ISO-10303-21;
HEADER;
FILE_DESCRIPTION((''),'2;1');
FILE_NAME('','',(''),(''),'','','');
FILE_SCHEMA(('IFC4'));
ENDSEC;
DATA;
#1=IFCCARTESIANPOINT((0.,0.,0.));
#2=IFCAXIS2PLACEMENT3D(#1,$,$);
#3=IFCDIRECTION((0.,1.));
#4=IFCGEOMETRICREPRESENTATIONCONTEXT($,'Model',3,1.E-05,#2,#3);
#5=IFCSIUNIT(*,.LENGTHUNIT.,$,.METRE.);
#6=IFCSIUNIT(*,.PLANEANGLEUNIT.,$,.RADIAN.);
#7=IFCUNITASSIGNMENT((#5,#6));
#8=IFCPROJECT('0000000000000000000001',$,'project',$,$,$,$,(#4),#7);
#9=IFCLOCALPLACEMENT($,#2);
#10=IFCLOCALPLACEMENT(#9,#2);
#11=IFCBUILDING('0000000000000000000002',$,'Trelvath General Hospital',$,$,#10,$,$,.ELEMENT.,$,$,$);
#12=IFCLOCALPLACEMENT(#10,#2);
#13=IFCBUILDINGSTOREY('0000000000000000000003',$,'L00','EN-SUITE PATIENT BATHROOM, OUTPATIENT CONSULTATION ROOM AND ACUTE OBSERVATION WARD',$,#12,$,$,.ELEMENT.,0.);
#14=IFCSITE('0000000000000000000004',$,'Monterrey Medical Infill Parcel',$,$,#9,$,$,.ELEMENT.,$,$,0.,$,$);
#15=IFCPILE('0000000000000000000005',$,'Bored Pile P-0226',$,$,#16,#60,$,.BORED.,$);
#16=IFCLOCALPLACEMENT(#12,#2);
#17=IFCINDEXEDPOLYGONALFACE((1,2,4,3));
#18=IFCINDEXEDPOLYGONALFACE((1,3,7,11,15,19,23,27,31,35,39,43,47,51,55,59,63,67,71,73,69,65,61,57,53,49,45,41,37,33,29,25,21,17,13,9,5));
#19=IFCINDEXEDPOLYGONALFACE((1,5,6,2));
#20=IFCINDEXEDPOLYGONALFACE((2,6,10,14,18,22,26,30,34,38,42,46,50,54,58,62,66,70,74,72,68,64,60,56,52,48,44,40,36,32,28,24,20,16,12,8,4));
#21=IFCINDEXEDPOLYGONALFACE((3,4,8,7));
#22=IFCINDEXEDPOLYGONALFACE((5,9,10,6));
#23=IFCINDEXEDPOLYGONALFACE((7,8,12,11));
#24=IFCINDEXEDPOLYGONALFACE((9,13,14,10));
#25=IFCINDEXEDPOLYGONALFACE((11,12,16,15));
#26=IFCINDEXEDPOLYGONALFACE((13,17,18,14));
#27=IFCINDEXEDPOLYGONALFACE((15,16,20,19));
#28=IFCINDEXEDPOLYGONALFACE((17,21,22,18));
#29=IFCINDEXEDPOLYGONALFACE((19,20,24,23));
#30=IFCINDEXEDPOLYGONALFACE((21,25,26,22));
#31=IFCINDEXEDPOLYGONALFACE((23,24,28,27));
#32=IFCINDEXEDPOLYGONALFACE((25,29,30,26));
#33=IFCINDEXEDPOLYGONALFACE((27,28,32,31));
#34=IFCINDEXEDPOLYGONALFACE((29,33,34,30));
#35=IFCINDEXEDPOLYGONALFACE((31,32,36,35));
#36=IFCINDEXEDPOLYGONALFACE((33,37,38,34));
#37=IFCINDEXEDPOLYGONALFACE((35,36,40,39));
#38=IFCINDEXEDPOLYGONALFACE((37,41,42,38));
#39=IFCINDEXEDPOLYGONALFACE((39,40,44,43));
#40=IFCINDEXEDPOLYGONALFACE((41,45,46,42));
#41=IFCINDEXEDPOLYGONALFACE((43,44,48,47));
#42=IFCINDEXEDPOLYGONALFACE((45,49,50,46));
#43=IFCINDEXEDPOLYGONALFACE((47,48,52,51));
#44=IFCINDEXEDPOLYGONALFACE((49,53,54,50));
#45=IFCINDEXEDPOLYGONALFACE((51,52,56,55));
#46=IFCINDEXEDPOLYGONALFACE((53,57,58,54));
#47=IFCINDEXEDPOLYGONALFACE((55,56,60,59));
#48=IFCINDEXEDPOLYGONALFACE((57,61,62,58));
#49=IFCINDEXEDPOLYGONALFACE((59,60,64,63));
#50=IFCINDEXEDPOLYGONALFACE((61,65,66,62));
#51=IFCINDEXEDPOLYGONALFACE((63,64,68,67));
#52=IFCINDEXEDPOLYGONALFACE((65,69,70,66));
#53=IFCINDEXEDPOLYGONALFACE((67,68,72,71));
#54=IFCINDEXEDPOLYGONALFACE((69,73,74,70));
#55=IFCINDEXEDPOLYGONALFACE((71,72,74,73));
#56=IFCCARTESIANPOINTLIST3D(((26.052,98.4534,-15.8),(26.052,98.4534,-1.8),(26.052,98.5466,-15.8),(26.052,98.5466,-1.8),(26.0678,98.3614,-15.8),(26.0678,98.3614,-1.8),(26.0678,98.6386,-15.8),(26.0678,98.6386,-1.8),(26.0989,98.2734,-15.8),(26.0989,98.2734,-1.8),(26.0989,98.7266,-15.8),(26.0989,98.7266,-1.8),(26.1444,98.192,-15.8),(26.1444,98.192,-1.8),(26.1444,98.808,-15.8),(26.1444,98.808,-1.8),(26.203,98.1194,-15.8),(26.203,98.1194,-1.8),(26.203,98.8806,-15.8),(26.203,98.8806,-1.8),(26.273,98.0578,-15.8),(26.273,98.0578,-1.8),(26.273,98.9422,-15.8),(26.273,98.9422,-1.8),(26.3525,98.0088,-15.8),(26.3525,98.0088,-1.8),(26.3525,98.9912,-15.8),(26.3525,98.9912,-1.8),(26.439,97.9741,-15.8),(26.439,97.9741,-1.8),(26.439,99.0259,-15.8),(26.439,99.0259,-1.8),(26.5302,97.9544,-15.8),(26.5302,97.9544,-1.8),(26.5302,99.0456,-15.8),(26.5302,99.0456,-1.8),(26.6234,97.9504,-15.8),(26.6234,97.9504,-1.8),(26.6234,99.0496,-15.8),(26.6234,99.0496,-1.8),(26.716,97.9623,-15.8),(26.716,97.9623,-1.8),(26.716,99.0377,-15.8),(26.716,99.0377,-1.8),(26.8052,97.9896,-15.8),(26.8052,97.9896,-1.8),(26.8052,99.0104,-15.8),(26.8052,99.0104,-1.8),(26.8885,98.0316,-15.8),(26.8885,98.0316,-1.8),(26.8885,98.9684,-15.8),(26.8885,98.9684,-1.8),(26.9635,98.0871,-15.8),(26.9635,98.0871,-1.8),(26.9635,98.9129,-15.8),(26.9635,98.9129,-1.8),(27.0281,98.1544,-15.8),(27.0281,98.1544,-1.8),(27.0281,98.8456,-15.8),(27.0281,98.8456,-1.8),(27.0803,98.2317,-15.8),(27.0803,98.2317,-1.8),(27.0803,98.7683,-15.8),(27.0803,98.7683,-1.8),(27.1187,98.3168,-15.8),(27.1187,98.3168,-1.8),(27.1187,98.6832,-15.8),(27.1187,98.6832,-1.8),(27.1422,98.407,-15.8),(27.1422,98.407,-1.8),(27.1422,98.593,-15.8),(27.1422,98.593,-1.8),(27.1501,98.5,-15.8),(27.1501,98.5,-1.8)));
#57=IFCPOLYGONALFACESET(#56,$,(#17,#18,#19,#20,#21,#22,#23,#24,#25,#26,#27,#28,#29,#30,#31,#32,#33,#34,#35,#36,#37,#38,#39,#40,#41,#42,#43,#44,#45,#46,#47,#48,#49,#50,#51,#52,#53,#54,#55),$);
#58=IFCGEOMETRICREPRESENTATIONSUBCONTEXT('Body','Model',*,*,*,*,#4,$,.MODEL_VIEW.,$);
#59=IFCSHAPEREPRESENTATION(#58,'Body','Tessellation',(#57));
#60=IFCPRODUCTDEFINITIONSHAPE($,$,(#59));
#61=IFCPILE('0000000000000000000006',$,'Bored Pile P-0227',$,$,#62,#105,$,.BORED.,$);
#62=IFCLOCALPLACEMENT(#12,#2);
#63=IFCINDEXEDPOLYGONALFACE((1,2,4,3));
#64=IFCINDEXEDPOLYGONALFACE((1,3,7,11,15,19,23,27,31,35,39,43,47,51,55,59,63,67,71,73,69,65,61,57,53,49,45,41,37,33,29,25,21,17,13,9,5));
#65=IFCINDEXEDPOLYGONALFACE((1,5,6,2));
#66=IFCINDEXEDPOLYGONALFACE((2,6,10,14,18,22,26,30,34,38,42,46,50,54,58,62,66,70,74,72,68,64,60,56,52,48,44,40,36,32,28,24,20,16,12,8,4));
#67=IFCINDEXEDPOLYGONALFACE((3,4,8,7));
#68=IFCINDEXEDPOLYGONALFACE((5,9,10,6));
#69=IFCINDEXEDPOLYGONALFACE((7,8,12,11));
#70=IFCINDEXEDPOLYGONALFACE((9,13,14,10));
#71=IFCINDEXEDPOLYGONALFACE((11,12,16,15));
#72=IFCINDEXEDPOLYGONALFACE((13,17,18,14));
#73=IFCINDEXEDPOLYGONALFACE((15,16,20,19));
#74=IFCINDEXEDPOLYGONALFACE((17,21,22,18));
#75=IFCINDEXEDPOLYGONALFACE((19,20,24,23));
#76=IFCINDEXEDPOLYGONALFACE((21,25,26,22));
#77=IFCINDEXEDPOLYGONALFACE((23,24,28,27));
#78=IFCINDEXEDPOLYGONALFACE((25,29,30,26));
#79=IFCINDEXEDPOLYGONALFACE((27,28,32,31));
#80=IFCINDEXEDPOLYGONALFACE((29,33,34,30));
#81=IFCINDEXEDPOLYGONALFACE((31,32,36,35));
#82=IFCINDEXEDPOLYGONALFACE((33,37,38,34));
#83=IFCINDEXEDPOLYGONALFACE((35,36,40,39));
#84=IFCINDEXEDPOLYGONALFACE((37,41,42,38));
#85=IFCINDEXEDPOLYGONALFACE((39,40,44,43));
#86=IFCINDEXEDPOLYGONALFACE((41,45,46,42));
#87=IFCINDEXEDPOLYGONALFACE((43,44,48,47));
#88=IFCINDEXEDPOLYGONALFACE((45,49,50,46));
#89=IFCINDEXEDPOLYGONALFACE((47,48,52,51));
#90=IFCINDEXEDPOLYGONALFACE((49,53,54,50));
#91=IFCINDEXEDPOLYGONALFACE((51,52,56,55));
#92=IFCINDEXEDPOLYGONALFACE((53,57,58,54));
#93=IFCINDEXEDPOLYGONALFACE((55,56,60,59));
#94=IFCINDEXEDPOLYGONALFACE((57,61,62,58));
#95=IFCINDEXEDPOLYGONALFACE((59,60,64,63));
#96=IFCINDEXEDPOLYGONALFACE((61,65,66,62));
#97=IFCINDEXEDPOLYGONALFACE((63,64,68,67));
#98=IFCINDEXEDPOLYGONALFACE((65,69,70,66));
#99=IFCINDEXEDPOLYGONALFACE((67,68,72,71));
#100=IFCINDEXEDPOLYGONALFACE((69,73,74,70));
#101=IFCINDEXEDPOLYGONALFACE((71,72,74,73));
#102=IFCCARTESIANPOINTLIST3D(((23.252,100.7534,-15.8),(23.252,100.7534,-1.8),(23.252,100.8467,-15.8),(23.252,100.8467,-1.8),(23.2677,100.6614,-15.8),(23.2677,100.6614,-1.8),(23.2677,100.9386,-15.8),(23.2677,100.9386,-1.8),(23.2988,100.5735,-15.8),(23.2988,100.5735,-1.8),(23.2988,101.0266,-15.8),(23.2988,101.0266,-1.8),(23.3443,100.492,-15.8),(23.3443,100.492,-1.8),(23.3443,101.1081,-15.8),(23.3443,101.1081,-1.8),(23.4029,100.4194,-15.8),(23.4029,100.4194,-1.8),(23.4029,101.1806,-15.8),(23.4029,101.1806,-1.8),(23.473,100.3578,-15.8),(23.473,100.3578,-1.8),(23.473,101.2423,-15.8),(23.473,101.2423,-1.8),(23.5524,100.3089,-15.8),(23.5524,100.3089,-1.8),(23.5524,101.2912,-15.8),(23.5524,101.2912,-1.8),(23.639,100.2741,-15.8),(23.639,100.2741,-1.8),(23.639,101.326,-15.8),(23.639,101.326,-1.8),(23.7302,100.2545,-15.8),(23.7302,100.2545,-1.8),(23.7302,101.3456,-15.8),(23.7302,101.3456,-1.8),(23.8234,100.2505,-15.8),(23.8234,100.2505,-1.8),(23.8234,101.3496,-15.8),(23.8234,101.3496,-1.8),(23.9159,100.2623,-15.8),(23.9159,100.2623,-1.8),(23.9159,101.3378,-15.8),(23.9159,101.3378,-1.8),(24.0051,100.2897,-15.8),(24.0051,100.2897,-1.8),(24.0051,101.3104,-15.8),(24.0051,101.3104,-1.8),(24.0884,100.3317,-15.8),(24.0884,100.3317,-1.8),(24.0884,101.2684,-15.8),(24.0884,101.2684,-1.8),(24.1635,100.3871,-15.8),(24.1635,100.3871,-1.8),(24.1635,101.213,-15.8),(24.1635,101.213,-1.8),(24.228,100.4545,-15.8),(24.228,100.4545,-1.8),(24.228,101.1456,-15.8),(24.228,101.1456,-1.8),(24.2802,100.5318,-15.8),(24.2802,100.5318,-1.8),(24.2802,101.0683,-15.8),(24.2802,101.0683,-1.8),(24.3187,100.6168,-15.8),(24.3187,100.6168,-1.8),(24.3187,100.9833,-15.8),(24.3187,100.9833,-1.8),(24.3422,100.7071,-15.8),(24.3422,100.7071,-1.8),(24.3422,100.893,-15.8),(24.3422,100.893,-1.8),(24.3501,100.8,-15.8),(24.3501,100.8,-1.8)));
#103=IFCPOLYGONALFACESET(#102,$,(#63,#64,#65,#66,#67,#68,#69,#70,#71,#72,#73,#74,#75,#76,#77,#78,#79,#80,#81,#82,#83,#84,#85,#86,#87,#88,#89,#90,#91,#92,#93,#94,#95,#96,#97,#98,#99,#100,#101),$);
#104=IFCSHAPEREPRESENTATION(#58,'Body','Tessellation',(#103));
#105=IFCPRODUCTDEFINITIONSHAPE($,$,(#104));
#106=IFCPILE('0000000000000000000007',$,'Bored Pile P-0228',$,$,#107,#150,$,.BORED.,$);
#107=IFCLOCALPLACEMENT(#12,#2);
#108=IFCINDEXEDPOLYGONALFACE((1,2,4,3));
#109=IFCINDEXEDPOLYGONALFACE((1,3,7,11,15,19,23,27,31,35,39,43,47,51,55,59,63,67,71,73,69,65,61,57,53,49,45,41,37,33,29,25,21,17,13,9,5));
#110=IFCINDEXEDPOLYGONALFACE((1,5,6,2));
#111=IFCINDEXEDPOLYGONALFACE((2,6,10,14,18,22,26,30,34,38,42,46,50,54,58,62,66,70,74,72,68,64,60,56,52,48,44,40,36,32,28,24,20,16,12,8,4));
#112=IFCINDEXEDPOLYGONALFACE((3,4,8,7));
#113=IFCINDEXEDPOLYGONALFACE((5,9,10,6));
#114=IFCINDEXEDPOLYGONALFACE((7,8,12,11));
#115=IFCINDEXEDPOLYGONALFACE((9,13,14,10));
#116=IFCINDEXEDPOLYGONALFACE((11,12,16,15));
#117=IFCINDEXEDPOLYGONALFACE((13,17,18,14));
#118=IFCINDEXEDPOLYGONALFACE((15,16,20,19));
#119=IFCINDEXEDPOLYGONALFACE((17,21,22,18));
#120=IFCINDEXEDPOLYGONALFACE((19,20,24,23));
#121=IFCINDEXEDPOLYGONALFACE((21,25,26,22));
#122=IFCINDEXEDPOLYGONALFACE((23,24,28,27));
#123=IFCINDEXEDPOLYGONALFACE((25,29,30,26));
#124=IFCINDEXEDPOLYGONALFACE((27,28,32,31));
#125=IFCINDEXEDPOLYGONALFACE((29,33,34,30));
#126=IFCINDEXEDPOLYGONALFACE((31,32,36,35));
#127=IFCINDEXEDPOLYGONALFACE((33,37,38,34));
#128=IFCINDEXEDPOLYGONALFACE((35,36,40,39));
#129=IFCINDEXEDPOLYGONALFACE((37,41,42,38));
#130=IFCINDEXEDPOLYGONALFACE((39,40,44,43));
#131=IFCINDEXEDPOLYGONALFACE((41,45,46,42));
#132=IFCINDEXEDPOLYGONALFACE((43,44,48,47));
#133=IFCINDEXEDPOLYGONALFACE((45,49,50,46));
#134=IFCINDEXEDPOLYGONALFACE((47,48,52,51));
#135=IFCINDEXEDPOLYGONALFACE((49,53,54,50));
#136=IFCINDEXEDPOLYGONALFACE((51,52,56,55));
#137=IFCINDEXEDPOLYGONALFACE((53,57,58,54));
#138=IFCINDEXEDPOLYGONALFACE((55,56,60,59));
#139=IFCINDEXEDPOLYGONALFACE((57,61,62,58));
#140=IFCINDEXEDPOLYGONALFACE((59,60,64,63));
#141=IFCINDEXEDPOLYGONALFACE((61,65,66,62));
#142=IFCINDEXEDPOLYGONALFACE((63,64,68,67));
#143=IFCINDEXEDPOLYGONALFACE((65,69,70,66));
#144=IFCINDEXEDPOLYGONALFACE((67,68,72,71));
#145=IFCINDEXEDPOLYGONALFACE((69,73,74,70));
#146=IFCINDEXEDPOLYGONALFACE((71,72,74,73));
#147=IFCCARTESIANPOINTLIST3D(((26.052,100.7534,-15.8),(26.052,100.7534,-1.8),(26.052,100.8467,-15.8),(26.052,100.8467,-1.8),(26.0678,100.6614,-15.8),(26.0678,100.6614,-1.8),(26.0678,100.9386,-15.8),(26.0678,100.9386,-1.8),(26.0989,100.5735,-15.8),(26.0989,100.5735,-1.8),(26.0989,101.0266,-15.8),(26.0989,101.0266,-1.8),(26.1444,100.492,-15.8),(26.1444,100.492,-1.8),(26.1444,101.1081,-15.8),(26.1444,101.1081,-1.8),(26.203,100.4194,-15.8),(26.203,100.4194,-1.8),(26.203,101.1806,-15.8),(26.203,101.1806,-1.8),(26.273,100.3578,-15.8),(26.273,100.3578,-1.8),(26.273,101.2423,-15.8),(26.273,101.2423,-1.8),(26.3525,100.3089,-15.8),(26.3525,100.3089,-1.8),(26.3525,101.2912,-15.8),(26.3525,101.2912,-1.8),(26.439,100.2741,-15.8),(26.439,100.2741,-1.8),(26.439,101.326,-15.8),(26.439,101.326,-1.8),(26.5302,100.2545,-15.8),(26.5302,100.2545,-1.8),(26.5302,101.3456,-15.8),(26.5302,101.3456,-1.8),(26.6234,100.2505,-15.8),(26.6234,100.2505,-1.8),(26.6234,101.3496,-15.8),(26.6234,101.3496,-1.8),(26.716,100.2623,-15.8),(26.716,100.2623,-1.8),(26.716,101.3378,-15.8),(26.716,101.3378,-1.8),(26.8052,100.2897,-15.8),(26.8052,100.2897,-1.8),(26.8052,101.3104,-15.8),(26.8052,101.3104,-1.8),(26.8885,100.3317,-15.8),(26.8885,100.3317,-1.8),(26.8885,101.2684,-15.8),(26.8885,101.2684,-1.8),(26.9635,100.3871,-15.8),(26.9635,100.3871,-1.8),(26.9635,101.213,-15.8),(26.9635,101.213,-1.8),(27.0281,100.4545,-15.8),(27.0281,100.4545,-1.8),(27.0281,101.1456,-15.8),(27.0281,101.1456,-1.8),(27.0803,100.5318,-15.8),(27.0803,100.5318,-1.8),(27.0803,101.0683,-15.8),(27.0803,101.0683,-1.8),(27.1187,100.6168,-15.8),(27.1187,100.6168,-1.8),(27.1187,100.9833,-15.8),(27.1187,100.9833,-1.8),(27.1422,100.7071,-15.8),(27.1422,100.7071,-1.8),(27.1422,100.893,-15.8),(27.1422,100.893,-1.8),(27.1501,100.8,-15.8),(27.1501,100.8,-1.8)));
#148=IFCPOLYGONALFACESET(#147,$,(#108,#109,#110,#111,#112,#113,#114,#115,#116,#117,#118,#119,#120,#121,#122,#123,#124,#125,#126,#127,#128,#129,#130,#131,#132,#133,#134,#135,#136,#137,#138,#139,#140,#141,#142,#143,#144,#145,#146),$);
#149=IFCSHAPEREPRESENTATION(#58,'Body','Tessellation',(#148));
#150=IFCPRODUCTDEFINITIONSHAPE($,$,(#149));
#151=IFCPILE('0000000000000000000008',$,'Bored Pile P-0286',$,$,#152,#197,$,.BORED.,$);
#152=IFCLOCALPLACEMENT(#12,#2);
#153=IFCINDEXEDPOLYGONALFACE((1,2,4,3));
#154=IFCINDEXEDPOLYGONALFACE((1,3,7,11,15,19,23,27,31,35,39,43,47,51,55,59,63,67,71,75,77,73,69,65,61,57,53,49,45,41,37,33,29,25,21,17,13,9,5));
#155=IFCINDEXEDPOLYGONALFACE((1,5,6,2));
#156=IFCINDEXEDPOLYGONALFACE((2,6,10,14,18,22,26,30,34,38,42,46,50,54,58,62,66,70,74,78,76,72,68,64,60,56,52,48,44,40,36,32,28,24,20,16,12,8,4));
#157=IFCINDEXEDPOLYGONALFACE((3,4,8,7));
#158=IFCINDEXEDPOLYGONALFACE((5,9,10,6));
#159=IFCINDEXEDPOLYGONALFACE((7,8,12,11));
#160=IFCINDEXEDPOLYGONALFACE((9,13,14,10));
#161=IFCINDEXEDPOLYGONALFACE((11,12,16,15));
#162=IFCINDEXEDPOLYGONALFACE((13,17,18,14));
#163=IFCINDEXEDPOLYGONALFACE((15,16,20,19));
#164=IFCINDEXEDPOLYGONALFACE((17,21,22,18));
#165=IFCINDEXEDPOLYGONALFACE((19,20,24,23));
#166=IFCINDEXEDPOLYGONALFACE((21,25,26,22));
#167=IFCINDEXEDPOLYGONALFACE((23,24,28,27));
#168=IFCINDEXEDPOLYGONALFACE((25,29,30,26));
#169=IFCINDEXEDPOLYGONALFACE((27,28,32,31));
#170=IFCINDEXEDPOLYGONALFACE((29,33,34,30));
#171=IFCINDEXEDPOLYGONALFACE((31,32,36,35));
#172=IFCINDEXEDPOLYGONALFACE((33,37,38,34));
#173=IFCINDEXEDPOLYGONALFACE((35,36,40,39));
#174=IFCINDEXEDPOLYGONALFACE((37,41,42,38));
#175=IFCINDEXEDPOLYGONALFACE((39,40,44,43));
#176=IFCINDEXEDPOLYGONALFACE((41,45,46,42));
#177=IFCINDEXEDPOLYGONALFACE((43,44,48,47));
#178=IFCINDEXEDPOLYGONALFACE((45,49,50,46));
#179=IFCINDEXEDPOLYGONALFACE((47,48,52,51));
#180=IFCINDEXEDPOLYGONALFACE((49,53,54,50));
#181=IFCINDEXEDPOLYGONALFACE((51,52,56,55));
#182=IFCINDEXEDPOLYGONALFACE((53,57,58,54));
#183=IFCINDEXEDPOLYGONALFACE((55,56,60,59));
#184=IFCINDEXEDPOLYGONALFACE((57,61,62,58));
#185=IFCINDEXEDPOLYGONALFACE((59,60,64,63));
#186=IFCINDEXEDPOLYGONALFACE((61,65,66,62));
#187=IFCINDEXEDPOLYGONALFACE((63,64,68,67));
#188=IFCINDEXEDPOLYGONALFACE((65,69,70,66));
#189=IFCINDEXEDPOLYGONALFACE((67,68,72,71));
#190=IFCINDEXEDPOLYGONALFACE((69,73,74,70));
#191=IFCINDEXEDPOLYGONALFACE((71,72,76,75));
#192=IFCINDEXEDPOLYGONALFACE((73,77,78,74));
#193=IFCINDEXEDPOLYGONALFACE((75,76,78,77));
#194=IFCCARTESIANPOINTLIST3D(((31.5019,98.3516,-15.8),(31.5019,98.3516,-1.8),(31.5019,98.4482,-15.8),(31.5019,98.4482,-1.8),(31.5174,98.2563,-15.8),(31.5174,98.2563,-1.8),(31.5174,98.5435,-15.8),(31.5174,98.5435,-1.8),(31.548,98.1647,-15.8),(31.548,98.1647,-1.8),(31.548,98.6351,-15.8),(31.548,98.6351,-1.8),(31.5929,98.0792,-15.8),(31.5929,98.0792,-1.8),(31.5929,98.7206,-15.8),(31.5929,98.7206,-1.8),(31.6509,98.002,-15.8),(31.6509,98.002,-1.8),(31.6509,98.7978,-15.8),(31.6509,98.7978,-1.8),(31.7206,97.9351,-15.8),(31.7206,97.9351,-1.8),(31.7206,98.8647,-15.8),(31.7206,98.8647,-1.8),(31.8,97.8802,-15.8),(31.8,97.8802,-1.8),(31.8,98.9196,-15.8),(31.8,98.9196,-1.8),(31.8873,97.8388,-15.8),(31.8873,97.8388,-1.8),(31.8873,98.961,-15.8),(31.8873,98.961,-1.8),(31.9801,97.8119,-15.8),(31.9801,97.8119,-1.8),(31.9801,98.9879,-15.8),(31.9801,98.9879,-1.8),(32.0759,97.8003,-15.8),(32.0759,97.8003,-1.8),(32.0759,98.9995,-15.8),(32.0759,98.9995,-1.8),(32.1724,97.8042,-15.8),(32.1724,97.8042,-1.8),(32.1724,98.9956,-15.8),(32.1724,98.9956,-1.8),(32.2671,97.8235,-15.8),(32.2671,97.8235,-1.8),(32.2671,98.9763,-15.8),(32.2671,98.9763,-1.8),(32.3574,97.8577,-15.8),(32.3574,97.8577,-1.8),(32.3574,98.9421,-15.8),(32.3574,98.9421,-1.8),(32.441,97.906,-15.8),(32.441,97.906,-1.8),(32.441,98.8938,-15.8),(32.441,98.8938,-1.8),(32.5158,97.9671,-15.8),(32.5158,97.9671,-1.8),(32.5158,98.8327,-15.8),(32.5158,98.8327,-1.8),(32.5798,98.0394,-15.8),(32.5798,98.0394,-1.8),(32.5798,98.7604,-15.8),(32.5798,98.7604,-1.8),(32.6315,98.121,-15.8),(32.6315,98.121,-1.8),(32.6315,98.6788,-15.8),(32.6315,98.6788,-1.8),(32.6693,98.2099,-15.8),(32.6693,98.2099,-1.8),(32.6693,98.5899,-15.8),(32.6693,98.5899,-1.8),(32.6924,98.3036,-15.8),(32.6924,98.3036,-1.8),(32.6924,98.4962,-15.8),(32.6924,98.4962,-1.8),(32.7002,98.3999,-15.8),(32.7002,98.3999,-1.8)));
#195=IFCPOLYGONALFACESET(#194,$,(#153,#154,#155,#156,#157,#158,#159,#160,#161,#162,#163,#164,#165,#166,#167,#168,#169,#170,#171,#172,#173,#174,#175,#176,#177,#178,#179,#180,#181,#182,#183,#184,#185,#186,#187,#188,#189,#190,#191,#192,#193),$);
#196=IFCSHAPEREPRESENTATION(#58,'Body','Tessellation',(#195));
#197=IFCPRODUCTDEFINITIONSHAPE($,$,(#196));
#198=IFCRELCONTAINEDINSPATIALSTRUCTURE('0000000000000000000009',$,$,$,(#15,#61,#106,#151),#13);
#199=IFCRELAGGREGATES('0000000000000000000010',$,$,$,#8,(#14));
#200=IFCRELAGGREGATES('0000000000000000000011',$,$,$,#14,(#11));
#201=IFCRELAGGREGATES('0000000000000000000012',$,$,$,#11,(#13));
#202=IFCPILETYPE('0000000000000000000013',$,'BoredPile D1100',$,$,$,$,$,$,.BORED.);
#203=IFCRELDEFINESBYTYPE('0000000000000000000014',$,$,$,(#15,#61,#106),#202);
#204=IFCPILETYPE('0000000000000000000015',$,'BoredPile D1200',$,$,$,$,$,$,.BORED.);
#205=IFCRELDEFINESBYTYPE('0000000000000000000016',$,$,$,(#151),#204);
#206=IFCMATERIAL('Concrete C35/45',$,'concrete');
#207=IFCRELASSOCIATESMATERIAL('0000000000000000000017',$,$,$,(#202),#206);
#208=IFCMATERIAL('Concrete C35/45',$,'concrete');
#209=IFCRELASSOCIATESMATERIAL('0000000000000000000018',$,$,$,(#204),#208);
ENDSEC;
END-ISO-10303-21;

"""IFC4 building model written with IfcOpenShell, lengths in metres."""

from ifc_helpers import new_model, si_unit, direction, frame, origin, origin_2d, place, context, subcontext, project, spatial, circle, extrude, material, material_profile, profile_set, type_object, element, save


model = new_model("IFC4")

# Units and contexts
model_context = context("Model", 3, precision=1e-05, world=origin(), true_north=direction((0.0, 1.0)))
body_context = subcontext(model_context, "Body", "Model", "MODEL_VIEW")
ifc_project = project(units=[si_unit("LENGTHUNIT", "METRE"), si_unit("PLANEANGLEUNIT", "RADIAN")], contexts=[model_context])

# Site, building, storey
site_placement = place(None, origin())
site = spatial("IfcSite", under=ifc_project, at=site_placement, Name="Monterrey Medical Infill Parcel", CompositionType="ELEMENT", RefElevation=0.0)
building_placement = place(site_placement, origin())
building = spatial("IfcBuilding", under=site, at=building_placement, Name="Trelvath General Hospital", CompositionType="ELEMENT")
storey_placement = place(building_placement, origin())
storey = spatial("IfcBuildingStorey", under=building, at=storey_placement, Name="L00", Description="EN-SUITE PATIENT BATHROOM, OUTPATIENT CONSULTATION ROOM AND ACUTE OBSERVATION WARD", CompositionType="ELEMENT", Elevation=0.0)

# Piles
ifc_material_1 = material(Name="Concrete C35/45", Category="concrete")
ifc_material_profile_1 = material_profile(ifc_material_1, circle(Radius=0.55, at=origin_2d()), Name="PILE1100")
ifc_profile_set_1 = profile_set([ifc_material_profile_1], Name="Concrete C35/45")
pile_type_1 = type_object("IfcPileType", Name="BoredPile D1100", PredefinedType="BORED", material=ifc_profile_set_1)
for number, where, z_axis, x_axis, name in (
    (1, (26.6001, 98.5, -1.8), (0.0, 0.0, -1.0), (1.0, 0.0, 0.0), "Bored Pile P-0226"),
    (2, (23.8, 100.8, -1.8), (0.0, 0.0, -1.0), (1.0, 0.0, 0.0), "Bored Pile P-0227"),
    (3, (26.6001, 100.8, -1.8), (0.0, 0.0, -1.0), (1.0, 0.0, 0.0), "Bored Pile P-0228"),
):
    element("IfcPile", number, at=place(storey_placement, frame(where, z_axis=z_axis, x_axis=x_axis)), inside=storey, type_object=pile_type_1, Name=name, PredefinedType="BORED", context=body_context, shape_type="SweptSolid", body=[
        extrude(circle(Radius=0.55, at=origin_2d()), origin(), (0.0, 0.0, 1.0), 14.0),
    ])
ifc_material_2 = material(Name="Concrete C35/45", Category="concrete")
ifc_material_profile_2 = material_profile(ifc_material_2, circle(Radius=0.6001, at=origin_2d()), Name="PILE1200")
ifc_profile_set_2 = profile_set([ifc_material_profile_2], Name="Concrete C35/45")
pile_type_2 = type_object("IfcPileType", Name="BoredPile D1200", PredefinedType="BORED", material=ifc_profile_set_2)
for number, where, z_axis, x_axis, name in (
    (4, (32.1001, 98.3999, -1.8), (0.0, 0.0, -1.0), (1.0, 0.0, 0.0), "Bored Pile P-0286"),
):
    element("IfcPile", number, at=place(storey_placement, frame(where, z_axis=z_axis, x_axis=x_axis)), inside=storey, type_object=pile_type_2, Name=name, PredefinedType="BORED", context=body_context, shape_type="SweptSolid", body=[
        extrude(circle(Radius=0.6001, at=origin_2d()), origin(), (0.0, 0.0, 1.0), 14.0),
    ])

save(model, "model.ifc")
